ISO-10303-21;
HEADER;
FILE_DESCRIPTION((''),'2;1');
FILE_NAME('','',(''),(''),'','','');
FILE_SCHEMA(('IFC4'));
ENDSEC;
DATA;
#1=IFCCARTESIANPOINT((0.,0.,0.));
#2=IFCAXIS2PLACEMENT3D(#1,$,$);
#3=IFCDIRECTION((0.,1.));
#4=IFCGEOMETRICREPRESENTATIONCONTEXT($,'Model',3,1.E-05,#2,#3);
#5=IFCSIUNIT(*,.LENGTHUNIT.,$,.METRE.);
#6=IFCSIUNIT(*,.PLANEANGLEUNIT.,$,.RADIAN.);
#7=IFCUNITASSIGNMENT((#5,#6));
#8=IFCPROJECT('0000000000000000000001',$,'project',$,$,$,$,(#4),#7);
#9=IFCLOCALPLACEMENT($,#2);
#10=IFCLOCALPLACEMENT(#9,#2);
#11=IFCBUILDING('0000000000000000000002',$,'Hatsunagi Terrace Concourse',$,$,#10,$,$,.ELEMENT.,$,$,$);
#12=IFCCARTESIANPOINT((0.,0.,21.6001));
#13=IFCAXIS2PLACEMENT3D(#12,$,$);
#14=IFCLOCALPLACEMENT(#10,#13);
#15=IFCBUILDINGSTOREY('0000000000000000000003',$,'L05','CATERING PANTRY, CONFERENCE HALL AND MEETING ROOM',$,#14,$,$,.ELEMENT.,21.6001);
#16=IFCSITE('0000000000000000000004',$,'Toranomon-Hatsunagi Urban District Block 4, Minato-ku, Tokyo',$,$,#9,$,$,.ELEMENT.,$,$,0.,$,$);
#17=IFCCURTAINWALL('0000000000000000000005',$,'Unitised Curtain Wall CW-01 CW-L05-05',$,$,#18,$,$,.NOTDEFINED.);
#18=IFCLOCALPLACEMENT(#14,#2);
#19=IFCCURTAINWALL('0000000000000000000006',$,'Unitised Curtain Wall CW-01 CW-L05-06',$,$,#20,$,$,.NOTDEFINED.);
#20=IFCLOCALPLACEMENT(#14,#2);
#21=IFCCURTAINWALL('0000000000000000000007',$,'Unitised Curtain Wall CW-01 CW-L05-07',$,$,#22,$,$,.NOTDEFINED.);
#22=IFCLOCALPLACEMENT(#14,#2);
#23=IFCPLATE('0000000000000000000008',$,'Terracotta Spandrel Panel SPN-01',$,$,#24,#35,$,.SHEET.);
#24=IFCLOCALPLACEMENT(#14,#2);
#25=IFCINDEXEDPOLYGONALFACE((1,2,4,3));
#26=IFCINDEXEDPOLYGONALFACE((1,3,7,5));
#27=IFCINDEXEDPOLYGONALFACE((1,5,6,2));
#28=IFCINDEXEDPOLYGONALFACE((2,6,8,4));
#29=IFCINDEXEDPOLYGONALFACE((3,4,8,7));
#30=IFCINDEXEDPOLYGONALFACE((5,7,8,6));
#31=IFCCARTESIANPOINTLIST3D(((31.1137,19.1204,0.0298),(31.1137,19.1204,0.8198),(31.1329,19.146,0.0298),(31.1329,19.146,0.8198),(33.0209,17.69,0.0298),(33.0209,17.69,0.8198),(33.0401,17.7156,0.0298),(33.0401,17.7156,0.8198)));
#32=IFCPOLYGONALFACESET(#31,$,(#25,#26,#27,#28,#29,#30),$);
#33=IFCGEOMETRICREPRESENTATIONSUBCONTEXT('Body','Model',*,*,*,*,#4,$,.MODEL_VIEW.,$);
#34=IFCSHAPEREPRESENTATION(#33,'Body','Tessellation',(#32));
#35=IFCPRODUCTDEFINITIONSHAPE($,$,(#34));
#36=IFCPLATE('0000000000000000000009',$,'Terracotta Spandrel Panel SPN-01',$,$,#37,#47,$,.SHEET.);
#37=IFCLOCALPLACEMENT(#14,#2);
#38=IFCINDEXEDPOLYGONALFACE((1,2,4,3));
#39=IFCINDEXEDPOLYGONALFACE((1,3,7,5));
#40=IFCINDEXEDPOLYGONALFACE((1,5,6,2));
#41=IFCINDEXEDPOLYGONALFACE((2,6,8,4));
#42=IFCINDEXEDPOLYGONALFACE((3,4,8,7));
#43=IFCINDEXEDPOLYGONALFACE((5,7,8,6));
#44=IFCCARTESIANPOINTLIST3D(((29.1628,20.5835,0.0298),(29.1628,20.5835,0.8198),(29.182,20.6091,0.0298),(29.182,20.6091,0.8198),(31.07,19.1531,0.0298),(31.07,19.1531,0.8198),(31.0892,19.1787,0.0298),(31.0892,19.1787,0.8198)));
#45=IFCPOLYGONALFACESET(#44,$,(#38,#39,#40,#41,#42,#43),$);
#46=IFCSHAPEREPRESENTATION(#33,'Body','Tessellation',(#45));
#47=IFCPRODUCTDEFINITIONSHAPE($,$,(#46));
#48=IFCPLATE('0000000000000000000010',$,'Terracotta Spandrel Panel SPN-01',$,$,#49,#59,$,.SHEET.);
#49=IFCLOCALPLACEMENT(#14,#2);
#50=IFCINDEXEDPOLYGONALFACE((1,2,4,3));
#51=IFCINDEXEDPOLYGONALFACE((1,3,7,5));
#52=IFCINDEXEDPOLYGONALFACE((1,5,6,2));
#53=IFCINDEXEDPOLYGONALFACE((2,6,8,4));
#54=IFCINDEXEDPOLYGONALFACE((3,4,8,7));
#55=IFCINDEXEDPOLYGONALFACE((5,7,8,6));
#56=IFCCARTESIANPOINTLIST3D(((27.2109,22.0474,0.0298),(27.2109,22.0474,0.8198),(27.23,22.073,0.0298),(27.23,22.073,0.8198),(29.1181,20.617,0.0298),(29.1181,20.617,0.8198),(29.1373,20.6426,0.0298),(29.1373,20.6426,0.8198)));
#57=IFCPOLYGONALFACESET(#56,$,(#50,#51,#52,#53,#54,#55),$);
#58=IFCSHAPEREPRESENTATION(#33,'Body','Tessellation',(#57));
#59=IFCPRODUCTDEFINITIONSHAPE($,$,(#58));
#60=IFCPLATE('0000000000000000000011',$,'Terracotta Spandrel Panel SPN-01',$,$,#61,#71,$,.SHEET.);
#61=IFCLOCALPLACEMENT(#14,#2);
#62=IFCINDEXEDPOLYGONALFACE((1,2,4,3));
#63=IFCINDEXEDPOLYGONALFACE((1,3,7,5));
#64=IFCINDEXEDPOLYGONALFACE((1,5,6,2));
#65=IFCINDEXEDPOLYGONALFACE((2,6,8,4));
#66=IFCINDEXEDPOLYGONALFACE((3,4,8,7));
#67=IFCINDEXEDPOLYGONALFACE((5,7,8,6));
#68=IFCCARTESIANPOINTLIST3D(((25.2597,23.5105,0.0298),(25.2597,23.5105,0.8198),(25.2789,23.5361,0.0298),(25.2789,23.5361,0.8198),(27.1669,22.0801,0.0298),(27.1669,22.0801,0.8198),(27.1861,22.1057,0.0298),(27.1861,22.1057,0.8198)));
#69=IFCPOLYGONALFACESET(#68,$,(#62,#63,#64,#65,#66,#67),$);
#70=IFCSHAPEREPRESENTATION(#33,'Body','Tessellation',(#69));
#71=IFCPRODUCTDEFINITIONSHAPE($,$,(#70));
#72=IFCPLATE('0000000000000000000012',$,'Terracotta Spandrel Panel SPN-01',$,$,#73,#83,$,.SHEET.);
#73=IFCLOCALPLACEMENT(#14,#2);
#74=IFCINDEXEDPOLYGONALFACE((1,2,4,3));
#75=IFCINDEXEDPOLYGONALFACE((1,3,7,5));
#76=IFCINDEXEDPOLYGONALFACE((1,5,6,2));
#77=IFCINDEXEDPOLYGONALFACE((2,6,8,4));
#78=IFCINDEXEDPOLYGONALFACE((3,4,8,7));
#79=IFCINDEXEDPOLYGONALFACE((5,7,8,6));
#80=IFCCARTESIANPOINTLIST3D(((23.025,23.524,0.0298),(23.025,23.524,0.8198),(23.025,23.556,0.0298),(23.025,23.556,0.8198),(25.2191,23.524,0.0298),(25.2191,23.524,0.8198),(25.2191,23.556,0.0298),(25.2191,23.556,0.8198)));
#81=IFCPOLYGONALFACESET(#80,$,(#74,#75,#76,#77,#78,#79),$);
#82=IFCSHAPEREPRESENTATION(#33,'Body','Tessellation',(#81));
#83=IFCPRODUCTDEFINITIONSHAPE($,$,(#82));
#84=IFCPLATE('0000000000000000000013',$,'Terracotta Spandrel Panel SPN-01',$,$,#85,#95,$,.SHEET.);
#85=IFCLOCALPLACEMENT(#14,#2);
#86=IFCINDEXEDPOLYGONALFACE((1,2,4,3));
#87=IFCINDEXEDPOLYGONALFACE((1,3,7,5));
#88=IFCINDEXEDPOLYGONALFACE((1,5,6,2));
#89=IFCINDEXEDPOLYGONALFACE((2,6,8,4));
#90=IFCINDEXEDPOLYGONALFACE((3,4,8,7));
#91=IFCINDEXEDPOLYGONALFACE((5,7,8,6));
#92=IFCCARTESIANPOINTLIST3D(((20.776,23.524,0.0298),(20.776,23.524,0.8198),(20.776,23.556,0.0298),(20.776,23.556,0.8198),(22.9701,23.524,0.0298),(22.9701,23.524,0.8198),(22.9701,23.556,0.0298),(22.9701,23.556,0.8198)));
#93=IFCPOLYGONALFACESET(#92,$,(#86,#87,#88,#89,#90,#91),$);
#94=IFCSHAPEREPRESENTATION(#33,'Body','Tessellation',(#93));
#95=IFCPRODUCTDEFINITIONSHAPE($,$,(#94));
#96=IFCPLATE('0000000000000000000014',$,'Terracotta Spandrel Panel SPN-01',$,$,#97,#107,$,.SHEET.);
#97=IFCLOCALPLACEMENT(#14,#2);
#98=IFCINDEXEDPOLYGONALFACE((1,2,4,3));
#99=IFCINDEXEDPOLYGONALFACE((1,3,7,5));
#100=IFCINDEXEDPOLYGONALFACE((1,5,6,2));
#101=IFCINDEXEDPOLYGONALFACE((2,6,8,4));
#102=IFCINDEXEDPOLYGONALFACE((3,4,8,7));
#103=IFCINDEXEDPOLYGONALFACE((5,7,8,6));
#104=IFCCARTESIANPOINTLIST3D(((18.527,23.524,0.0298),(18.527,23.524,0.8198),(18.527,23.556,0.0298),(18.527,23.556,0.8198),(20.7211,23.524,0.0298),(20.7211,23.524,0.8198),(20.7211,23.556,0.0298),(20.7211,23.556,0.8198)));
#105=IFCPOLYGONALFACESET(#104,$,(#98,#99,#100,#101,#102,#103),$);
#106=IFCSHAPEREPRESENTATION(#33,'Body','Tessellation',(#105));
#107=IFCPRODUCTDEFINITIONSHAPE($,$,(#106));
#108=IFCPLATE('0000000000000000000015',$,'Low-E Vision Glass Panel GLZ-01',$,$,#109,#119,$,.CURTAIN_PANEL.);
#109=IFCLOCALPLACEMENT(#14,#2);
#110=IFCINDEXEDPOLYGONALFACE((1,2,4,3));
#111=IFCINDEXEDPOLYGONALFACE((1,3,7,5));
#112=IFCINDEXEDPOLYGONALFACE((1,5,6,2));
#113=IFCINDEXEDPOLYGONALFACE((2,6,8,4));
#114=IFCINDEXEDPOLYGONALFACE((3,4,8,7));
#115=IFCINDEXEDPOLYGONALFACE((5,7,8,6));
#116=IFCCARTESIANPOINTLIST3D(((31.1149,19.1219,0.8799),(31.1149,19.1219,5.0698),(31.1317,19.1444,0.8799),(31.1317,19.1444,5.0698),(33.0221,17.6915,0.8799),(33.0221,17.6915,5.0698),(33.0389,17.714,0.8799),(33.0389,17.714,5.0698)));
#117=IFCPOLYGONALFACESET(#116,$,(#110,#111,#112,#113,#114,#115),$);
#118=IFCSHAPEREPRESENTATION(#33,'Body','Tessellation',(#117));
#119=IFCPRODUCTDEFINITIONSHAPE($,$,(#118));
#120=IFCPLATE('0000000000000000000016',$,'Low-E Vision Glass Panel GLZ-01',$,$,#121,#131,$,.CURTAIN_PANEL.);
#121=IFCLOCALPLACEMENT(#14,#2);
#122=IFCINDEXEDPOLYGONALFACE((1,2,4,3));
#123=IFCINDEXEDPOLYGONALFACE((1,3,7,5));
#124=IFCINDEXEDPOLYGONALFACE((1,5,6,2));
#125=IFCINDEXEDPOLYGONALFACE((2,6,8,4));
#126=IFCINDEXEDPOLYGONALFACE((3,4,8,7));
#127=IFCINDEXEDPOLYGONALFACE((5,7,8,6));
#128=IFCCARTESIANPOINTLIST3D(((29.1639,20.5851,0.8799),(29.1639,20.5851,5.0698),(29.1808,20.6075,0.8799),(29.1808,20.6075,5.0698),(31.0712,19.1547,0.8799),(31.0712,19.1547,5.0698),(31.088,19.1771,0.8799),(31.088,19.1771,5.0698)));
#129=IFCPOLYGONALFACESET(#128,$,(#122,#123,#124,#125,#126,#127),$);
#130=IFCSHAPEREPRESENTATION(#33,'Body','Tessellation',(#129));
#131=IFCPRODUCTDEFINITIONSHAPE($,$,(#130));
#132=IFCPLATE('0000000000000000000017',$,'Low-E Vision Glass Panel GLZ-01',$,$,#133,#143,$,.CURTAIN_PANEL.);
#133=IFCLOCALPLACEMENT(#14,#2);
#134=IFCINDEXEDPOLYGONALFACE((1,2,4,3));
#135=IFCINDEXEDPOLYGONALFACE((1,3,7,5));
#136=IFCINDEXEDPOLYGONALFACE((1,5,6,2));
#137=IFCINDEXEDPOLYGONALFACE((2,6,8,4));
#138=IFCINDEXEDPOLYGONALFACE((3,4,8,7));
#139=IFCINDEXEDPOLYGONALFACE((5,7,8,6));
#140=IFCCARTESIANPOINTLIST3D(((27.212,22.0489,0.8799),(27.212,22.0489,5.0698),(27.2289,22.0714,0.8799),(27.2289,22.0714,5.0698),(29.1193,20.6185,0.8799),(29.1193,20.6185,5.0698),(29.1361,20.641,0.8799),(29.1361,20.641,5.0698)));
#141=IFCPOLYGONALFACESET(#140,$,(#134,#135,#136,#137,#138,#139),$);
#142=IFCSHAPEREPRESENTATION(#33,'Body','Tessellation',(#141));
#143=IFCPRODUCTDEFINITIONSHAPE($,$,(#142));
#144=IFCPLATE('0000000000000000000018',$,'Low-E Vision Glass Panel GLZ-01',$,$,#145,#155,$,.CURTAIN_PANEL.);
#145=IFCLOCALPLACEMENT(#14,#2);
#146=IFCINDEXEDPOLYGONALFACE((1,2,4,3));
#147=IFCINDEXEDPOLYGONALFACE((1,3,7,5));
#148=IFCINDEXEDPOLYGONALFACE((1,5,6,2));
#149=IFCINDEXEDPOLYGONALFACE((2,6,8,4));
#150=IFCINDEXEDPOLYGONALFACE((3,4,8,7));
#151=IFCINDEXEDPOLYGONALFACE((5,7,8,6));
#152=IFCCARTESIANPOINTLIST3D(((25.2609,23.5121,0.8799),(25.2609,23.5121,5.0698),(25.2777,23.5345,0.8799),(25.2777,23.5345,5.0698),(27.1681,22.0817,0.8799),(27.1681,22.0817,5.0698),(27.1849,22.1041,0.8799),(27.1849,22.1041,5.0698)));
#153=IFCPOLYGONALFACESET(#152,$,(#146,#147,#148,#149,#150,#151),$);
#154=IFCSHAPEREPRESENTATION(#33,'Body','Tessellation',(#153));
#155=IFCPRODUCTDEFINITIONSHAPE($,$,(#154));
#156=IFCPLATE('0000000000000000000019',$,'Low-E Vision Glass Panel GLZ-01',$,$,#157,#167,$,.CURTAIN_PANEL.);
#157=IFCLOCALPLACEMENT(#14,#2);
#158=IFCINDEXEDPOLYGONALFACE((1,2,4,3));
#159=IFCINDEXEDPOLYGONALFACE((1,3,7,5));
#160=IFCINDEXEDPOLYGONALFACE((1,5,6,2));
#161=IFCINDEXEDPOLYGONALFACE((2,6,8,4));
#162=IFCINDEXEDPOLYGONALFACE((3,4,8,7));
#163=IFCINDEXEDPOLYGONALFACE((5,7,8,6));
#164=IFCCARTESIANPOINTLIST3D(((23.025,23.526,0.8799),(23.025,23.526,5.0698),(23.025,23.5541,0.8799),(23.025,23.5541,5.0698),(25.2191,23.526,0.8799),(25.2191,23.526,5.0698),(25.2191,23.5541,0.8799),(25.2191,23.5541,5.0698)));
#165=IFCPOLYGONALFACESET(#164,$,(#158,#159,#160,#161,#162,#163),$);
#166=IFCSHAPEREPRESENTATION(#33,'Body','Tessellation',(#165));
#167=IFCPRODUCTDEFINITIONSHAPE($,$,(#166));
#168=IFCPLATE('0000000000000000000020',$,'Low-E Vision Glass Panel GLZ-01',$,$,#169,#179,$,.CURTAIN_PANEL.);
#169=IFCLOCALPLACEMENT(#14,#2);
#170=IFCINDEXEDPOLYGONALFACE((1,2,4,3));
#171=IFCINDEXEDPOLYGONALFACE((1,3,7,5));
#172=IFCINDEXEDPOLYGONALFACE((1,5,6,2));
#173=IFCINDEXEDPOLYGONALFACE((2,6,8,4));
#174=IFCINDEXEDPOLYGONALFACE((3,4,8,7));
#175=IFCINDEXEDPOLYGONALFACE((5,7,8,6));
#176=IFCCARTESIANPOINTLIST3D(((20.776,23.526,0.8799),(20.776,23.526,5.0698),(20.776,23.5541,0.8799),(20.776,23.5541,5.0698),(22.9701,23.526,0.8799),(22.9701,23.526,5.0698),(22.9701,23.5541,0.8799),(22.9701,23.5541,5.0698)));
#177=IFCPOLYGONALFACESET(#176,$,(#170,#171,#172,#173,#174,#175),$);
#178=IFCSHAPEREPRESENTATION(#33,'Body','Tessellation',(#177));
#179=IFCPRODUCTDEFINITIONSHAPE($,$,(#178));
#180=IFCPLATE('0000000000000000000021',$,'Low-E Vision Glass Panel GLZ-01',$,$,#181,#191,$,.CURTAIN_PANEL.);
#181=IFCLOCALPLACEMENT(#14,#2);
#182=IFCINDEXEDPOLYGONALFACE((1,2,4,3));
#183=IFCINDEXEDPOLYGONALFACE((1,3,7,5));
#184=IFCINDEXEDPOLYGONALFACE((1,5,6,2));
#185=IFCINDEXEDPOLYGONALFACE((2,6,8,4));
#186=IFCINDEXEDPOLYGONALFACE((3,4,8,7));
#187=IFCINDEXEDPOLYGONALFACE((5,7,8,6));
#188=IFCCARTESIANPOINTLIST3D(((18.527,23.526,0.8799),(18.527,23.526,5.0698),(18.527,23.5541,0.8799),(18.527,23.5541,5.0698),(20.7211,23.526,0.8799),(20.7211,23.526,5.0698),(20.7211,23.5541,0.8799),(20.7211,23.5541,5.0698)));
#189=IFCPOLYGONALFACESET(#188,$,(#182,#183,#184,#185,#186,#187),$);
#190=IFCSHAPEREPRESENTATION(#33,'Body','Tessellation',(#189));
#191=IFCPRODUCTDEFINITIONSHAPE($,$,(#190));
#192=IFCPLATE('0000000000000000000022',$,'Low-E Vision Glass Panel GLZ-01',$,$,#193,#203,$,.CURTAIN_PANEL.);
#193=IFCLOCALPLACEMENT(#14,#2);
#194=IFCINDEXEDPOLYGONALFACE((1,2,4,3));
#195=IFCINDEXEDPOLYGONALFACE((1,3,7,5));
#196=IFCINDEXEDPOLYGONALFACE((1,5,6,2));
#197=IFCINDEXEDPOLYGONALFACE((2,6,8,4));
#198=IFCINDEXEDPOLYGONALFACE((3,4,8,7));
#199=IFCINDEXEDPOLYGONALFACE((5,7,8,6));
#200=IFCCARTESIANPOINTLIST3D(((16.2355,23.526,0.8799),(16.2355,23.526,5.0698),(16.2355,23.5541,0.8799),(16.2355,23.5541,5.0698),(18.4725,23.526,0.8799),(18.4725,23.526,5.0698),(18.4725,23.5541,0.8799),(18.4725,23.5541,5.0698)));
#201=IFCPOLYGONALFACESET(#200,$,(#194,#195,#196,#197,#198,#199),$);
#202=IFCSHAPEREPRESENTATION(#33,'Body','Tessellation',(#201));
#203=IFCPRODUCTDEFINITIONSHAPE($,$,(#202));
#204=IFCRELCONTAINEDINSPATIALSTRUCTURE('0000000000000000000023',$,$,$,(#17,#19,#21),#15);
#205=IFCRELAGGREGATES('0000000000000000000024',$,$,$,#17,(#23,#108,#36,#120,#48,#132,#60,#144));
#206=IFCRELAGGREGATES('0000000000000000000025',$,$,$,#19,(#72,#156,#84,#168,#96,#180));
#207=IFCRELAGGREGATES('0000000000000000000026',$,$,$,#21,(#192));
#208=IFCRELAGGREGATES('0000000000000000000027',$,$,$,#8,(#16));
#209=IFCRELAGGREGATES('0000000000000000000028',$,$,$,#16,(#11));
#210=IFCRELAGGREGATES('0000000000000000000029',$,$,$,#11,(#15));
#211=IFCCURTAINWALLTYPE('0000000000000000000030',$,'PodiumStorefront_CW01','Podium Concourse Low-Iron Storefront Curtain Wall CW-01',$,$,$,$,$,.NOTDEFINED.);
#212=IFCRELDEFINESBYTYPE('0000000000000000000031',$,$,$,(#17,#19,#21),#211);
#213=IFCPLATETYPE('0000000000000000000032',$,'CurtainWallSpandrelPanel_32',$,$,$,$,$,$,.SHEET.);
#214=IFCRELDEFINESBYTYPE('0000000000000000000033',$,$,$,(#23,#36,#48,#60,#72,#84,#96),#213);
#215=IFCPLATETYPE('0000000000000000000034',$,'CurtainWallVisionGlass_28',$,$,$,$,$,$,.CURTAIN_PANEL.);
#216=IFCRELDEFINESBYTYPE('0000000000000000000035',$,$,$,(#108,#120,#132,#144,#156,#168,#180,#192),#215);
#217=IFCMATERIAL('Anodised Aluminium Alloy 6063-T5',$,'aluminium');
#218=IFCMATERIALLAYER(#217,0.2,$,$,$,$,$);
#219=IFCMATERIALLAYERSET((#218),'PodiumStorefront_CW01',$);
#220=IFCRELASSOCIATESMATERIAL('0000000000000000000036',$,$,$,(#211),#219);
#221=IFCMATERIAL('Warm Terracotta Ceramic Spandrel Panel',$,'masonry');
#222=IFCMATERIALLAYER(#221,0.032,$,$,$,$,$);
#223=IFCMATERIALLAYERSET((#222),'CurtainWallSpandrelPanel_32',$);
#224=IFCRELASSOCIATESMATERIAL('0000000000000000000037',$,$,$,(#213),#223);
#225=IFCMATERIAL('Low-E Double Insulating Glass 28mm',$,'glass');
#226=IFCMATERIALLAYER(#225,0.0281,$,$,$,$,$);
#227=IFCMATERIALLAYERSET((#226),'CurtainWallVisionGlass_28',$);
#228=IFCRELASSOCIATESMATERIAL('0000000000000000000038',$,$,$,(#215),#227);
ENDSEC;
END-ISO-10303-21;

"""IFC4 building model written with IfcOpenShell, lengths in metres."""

from ifc_helpers import new_model, si_unit, direction, frame, origin, origin_2d, place, context, subcontext, project, spatial, rectangle, extrude, material, layer, layer_set, type_object, element, aggregate, save


model = new_model("IFC4")

# Units and contexts
model_context = context("Model", 3, precision=1e-05, world=origin(), true_north=direction((0.0, 1.0)))
body_context = subcontext(model_context, "Body", "Model", "MODEL_VIEW")
ifc_project = project(units=[si_unit("LENGTHUNIT", "METRE"), si_unit("PLANEANGLEUNIT", "RADIAN")], contexts=[model_context])

# Site, building, storey
site_placement = place(None, origin())
site = spatial("IfcSite", under=ifc_project, at=site_placement, Name="Toranomon-Hatsunagi Urban District Block 4, Minato-ku, Tokyo", CompositionType="ELEMENT", RefElevation=0.0)
building_placement = place(site_placement, origin())
building = spatial("IfcBuilding", under=site, at=building_placement, Name="Hatsunagi Terrace Concourse", CompositionType="ELEMENT")
storey_placement = place(building_placement, frame((0.0, 0.0, 21.6001)))
storey = spatial("IfcBuildingStorey", under=building, at=storey_placement, Name="L05", Description="CATERING PANTRY, CONFERENCE HALL AND MEETING ROOM", CompositionType="ELEMENT", Elevation=21.6001)

# Curtain walls
ifc_material_1 = material(Name="Anodised Aluminium Alloy 6063-T5", Category="aluminium")
ifc_layer_1 = layer(ifc_material_1, 0.2)
ifc_layer_set_1 = layer_set([ifc_layer_1], Name="PodiumStorefront_CW01")
curtain_wall_type = type_object("IfcCurtainWallType", Name="PodiumStorefront_CW01", Description="Podium Concourse Low-Iron Storefront Curtain Wall CW-01", PredefinedType="NOTDEFINED", material=ifc_layer_set_1)
curtain_wall_1_placement = place(storey_placement, origin())
curtain_wall_1 = element("IfcCurtainWall", 1, at=curtain_wall_1_placement, inside=storey, type_object=curtain_wall_type, Name="Unitised Curtain Wall CW-01 CW-L05-05", PredefinedType="NOTDEFINED")
curtain_wall_2_placement = place(storey_placement, origin())
curtain_wall_2 = element("IfcCurtainWall", 2, at=curtain_wall_2_placement, inside=storey, type_object=curtain_wall_type, Name="Unitised Curtain Wall CW-01 CW-L05-06", PredefinedType="NOTDEFINED")
curtain_wall_3_placement = place(storey_placement, origin())
curtain_wall_3 = element("IfcCurtainWall", 3, at=curtain_wall_3_placement, inside=storey, type_object=curtain_wall_type, Name="Unitised Curtain Wall CW-01 CW-L05-07", PredefinedType="NOTDEFINED")

# Plates
ifc_material_2 = material(Name="Warm Terracotta Ceramic Spandrel Panel", Category="masonry")
ifc_layer_2 = layer(ifc_material_2, 0.032)
ifc_layer_set_2 = layer_set([ifc_layer_2], Name="CurtainWallSpandrelPanel_32")
plate_type_1 = type_object("IfcPlateType", Name="CurtainWallSpandrelPanel_32", PredefinedType="SHEET", material=ifc_layer_set_2)
plate_1_placement = place(storey_placement, frame((32.0769, 18.418, 0.0298), z_axis=(0.0, 0.0, 1.0), x_axis=(-0.800003, 0.599996, 0.0)))
plate_1 = element("IfcPlate", 4, at=plate_1_placement, type_object=plate_type_1, Name="Terracotta Spandrel Panel SPN-01", PredefinedType="SHEET", context=body_context, shape_type="SweptSolid", body=[
    extrude(rectangle(XDim=2.384, YDim=0.032, at=origin_2d()), origin(), (0.0, 0.0, 1.0), 0.79),
])
plate_2_placement = place(storey_placement, frame((30.126, 19.8811, 0.0298), z_axis=(0.0, 0.0, 1.0), x_axis=(-0.800003, 0.599996, 0.0)))
plate_2 = element("IfcPlate", 5, at=plate_2_placement, type_object=plate_type_1, Name="Terracotta Spandrel Panel SPN-01", PredefinedType="SHEET", context=body_context, shape_type="SweptSolid", body=[
    extrude(rectangle(XDim=2.384, YDim=0.032, at=origin_2d()), origin(), (0.0, 0.0, 1.0), 0.79),
])
plate_3_placement = place(storey_placement, frame((28.1741, 21.345, 0.0298), z_axis=(0.0, 0.0, 1.0), x_axis=(-0.800003, 0.599996, 0.0)))
plate_3 = element("IfcPlate", 6, at=plate_3_placement, type_object=plate_type_1, Name="Terracotta Spandrel Panel SPN-01", PredefinedType="SHEET", context=body_context, shape_type="SweptSolid", body=[
    extrude(rectangle(XDim=2.384, YDim=0.032, at=origin_2d()), origin(), (0.0, 0.0, 1.0), 0.79),
])
plate_4_placement = place(storey_placement, frame((26.2229, 22.8081, 0.0298), z_axis=(0.0, 0.0, 1.0), x_axis=(-0.800003, 0.599996, 0.0)))
plate_4 = element("IfcPlate", 7, at=plate_4_placement, type_object=plate_type_1, Name="Terracotta Spandrel Panel SPN-01", PredefinedType="SHEET", context=body_context, shape_type="SweptSolid", body=[
    extrude(rectangle(XDim=2.384, YDim=0.032, at=origin_2d()), origin(), (0.0, 0.0, 1.0), 0.79),
])
plate_5_placement = place(storey_placement, frame((24.1221, 23.54, 0.0298), z_axis=(0.0, 0.0, 1.0), x_axis=(-1.0, 0.0, 0.0)))
plate_5 = element("IfcPlate", 8, at=plate_5_placement, type_object=plate_type_1, Name="Terracotta Spandrel Panel SPN-01", PredefinedType="SHEET", context=body_context, shape_type="SweptSolid", body=[
    extrude(rectangle(XDim=2.1941, YDim=0.032, at=origin_2d()), origin(), (0.0, 0.0, 1.0), 0.79),
])
plate_6_placement = place(storey_placement, frame((21.873, 23.54, 0.0298), z_axis=(0.0, 0.0, 1.0), x_axis=(-1.0, 0.0, 0.0)))
plate_6 = element("IfcPlate", 9, at=plate_6_placement, type_object=plate_type_1, Name="Terracotta Spandrel Panel SPN-01", PredefinedType="SHEET", context=body_context, shape_type="SweptSolid", body=[
    extrude(rectangle(XDim=2.1941, YDim=0.032, at=origin_2d()), origin(), (0.0, 0.0, 1.0), 0.79),
])
plate_7_placement = place(storey_placement, frame((19.624, 23.54, 0.0298), z_axis=(0.0, 0.0, 1.0), x_axis=(-1.0, 0.0, 0.0)))
plate_7 = element("IfcPlate", 10, at=plate_7_placement, type_object=plate_type_1, Name="Terracotta Spandrel Panel SPN-01", PredefinedType="SHEET", context=body_context, shape_type="SweptSolid", body=[
    extrude(rectangle(XDim=2.1941, YDim=0.032, at=origin_2d()), origin(), (0.0, 0.0, 1.0), 0.79),
])
ifc_material_3 = material(Name="Low-E Double Insulating Glass 28mm", Category="glass")
ifc_layer_3 = layer(ifc_material_3, 0.0281)
ifc_layer_set_3 = layer_set([ifc_layer_3], Name="CurtainWallVisionGlass_28")
plate_type_2 = type_object("IfcPlateType", Name="CurtainWallVisionGlass_28", PredefinedType="CURTAIN_PANEL", material=ifc_layer_set_3)
plate_8_placement = place(storey_placement, frame((32.0769, 18.418, 0.8799), z_axis=(0.0, 0.0, 1.0), x_axis=(-0.800003, 0.599996, 0.0)))
plate_8 = element("IfcPlate", 11, at=plate_8_placement, type_object=plate_type_2, Name="Low-E Vision Glass Panel GLZ-01", PredefinedType="CURTAIN_PANEL", context=body_context, shape_type="SweptSolid", body=[
    extrude(rectangle(XDim=2.384, YDim=0.0281, at=origin_2d()), origin(), (0.0, 0.0, 1.0), 4.1899),
])
plate_9_placement = place(storey_placement, frame((30.126, 19.8811, 0.8799), z_axis=(0.0, 0.0, 1.0), x_axis=(-0.800003, 0.599996, 0.0)))
plate_9 = element("IfcPlate", 12, at=plate_9_placement, type_object=plate_type_2, Name="Low-E Vision Glass Panel GLZ-01", PredefinedType="CURTAIN_PANEL", context=body_context, shape_type="SweptSolid", body=[
    extrude(rectangle(XDim=2.384, YDim=0.0281, at=origin_2d()), origin(), (0.0, 0.0, 1.0), 4.1899),
])
plate_10_placement = place(storey_placement, frame((28.1741, 21.345, 0.8799), z_axis=(0.0, 0.0, 1.0), x_axis=(-0.800003, 0.599996, 0.0)))
plate_10 = element("IfcPlate", 13, at=plate_10_placement, type_object=plate_type_2, Name="Low-E Vision Glass Panel GLZ-01", PredefinedType="CURTAIN_PANEL", context=body_context, shape_type="SweptSolid", body=[
    extrude(rectangle(XDim=2.384, YDim=0.0281, at=origin_2d()), origin(), (0.0, 0.0, 1.0), 4.1899),
])
plate_11_placement = place(storey_placement, frame((26.2229, 22.8081, 0.8799), z_axis=(0.0, 0.0, 1.0), x_axis=(-0.800003, 0.599996, 0.0)))
plate_11 = element("IfcPlate", 14, at=plate_11_placement, type_object=plate_type_2, Name="Low-E Vision Glass Panel GLZ-01", PredefinedType="CURTAIN_PANEL", context=body_context, shape_type="SweptSolid", body=[
    extrude(rectangle(XDim=2.384, YDim=0.0281, at=origin_2d()), origin(), (0.0, 0.0, 1.0), 4.1899),
])
aggregate(curtain_wall_1, [plate_1, plate_8, plate_2, plate_9, plate_3, plate_10, plate_4, plate_11])
plate_12_placement = place(storey_placement, frame((24.1221, 23.54, 0.8799), z_axis=(0.0, 0.0, 1.0), x_axis=(-1.0, 0.0, 0.0)))
plate_12 = element("IfcPlate", 15, at=plate_12_placement, type_object=plate_type_2, Name="Low-E Vision Glass Panel GLZ-01", PredefinedType="CURTAIN_PANEL", context=body_context, shape_type="SweptSolid", body=[
    extrude(rectangle(XDim=2.1941, YDim=0.0281, at=origin_2d()), origin(), (0.0, 0.0, 1.0), 4.1899),
])
plate_13_placement = place(storey_placement, frame((21.873, 23.54, 0.8799), z_axis=(0.0, 0.0, 1.0), x_axis=(-1.0, 0.0, 0.0)))
plate_13 = element("IfcPlate", 16, at=plate_13_placement, type_object=plate_type_2, Name="Low-E Vision Glass Panel GLZ-01", PredefinedType="CURTAIN_PANEL", context=body_context, shape_type="SweptSolid", body=[
    extrude(rectangle(XDim=2.1941, YDim=0.0281, at=origin_2d()), origin(), (0.0, 0.0, 1.0), 4.1899),
])
plate_14_placement = place(storey_placement, frame((19.624, 23.54, 0.8799), z_axis=(0.0, 0.0, 1.0), x_axis=(-1.0, 0.0, 0.0)))
plate_14 = element("IfcPlate", 17, at=plate_14_placement, type_object=plate_type_2, Name="Low-E Vision Glass Panel GLZ-01", PredefinedType="CURTAIN_PANEL", context=body_context, shape_type="SweptSolid", body=[
    extrude(rectangle(XDim=2.1941, YDim=0.0281, at=origin_2d()), origin(), (0.0, 0.0, 1.0), 4.1899),
])
aggregate(curtain_wall_2, [plate_5, plate_12, plate_6, plate_13, plate_7, plate_14])
plate_15_placement = place(storey_placement, frame((17.354, 23.54, 0.8799), z_axis=(0.0, 0.0, 1.0), x_axis=(-1.0, 0.0, 0.0)))
plate_15 = element("IfcPlate", 18, at=plate_15_placement, type_object=plate_type_2, Name="Low-E Vision Glass Panel GLZ-01", PredefinedType="CURTAIN_PANEL", context=body_context, shape_type="SweptSolid", body=[
    extrude(rectangle(XDim=2.2371, YDim=0.0281, at=origin_2d()), origin(), (0.0, 0.0, 1.0), 4.1899),
])
aggregate(curtain_wall_3, [plate_15])

save(model, "model.ifc")
